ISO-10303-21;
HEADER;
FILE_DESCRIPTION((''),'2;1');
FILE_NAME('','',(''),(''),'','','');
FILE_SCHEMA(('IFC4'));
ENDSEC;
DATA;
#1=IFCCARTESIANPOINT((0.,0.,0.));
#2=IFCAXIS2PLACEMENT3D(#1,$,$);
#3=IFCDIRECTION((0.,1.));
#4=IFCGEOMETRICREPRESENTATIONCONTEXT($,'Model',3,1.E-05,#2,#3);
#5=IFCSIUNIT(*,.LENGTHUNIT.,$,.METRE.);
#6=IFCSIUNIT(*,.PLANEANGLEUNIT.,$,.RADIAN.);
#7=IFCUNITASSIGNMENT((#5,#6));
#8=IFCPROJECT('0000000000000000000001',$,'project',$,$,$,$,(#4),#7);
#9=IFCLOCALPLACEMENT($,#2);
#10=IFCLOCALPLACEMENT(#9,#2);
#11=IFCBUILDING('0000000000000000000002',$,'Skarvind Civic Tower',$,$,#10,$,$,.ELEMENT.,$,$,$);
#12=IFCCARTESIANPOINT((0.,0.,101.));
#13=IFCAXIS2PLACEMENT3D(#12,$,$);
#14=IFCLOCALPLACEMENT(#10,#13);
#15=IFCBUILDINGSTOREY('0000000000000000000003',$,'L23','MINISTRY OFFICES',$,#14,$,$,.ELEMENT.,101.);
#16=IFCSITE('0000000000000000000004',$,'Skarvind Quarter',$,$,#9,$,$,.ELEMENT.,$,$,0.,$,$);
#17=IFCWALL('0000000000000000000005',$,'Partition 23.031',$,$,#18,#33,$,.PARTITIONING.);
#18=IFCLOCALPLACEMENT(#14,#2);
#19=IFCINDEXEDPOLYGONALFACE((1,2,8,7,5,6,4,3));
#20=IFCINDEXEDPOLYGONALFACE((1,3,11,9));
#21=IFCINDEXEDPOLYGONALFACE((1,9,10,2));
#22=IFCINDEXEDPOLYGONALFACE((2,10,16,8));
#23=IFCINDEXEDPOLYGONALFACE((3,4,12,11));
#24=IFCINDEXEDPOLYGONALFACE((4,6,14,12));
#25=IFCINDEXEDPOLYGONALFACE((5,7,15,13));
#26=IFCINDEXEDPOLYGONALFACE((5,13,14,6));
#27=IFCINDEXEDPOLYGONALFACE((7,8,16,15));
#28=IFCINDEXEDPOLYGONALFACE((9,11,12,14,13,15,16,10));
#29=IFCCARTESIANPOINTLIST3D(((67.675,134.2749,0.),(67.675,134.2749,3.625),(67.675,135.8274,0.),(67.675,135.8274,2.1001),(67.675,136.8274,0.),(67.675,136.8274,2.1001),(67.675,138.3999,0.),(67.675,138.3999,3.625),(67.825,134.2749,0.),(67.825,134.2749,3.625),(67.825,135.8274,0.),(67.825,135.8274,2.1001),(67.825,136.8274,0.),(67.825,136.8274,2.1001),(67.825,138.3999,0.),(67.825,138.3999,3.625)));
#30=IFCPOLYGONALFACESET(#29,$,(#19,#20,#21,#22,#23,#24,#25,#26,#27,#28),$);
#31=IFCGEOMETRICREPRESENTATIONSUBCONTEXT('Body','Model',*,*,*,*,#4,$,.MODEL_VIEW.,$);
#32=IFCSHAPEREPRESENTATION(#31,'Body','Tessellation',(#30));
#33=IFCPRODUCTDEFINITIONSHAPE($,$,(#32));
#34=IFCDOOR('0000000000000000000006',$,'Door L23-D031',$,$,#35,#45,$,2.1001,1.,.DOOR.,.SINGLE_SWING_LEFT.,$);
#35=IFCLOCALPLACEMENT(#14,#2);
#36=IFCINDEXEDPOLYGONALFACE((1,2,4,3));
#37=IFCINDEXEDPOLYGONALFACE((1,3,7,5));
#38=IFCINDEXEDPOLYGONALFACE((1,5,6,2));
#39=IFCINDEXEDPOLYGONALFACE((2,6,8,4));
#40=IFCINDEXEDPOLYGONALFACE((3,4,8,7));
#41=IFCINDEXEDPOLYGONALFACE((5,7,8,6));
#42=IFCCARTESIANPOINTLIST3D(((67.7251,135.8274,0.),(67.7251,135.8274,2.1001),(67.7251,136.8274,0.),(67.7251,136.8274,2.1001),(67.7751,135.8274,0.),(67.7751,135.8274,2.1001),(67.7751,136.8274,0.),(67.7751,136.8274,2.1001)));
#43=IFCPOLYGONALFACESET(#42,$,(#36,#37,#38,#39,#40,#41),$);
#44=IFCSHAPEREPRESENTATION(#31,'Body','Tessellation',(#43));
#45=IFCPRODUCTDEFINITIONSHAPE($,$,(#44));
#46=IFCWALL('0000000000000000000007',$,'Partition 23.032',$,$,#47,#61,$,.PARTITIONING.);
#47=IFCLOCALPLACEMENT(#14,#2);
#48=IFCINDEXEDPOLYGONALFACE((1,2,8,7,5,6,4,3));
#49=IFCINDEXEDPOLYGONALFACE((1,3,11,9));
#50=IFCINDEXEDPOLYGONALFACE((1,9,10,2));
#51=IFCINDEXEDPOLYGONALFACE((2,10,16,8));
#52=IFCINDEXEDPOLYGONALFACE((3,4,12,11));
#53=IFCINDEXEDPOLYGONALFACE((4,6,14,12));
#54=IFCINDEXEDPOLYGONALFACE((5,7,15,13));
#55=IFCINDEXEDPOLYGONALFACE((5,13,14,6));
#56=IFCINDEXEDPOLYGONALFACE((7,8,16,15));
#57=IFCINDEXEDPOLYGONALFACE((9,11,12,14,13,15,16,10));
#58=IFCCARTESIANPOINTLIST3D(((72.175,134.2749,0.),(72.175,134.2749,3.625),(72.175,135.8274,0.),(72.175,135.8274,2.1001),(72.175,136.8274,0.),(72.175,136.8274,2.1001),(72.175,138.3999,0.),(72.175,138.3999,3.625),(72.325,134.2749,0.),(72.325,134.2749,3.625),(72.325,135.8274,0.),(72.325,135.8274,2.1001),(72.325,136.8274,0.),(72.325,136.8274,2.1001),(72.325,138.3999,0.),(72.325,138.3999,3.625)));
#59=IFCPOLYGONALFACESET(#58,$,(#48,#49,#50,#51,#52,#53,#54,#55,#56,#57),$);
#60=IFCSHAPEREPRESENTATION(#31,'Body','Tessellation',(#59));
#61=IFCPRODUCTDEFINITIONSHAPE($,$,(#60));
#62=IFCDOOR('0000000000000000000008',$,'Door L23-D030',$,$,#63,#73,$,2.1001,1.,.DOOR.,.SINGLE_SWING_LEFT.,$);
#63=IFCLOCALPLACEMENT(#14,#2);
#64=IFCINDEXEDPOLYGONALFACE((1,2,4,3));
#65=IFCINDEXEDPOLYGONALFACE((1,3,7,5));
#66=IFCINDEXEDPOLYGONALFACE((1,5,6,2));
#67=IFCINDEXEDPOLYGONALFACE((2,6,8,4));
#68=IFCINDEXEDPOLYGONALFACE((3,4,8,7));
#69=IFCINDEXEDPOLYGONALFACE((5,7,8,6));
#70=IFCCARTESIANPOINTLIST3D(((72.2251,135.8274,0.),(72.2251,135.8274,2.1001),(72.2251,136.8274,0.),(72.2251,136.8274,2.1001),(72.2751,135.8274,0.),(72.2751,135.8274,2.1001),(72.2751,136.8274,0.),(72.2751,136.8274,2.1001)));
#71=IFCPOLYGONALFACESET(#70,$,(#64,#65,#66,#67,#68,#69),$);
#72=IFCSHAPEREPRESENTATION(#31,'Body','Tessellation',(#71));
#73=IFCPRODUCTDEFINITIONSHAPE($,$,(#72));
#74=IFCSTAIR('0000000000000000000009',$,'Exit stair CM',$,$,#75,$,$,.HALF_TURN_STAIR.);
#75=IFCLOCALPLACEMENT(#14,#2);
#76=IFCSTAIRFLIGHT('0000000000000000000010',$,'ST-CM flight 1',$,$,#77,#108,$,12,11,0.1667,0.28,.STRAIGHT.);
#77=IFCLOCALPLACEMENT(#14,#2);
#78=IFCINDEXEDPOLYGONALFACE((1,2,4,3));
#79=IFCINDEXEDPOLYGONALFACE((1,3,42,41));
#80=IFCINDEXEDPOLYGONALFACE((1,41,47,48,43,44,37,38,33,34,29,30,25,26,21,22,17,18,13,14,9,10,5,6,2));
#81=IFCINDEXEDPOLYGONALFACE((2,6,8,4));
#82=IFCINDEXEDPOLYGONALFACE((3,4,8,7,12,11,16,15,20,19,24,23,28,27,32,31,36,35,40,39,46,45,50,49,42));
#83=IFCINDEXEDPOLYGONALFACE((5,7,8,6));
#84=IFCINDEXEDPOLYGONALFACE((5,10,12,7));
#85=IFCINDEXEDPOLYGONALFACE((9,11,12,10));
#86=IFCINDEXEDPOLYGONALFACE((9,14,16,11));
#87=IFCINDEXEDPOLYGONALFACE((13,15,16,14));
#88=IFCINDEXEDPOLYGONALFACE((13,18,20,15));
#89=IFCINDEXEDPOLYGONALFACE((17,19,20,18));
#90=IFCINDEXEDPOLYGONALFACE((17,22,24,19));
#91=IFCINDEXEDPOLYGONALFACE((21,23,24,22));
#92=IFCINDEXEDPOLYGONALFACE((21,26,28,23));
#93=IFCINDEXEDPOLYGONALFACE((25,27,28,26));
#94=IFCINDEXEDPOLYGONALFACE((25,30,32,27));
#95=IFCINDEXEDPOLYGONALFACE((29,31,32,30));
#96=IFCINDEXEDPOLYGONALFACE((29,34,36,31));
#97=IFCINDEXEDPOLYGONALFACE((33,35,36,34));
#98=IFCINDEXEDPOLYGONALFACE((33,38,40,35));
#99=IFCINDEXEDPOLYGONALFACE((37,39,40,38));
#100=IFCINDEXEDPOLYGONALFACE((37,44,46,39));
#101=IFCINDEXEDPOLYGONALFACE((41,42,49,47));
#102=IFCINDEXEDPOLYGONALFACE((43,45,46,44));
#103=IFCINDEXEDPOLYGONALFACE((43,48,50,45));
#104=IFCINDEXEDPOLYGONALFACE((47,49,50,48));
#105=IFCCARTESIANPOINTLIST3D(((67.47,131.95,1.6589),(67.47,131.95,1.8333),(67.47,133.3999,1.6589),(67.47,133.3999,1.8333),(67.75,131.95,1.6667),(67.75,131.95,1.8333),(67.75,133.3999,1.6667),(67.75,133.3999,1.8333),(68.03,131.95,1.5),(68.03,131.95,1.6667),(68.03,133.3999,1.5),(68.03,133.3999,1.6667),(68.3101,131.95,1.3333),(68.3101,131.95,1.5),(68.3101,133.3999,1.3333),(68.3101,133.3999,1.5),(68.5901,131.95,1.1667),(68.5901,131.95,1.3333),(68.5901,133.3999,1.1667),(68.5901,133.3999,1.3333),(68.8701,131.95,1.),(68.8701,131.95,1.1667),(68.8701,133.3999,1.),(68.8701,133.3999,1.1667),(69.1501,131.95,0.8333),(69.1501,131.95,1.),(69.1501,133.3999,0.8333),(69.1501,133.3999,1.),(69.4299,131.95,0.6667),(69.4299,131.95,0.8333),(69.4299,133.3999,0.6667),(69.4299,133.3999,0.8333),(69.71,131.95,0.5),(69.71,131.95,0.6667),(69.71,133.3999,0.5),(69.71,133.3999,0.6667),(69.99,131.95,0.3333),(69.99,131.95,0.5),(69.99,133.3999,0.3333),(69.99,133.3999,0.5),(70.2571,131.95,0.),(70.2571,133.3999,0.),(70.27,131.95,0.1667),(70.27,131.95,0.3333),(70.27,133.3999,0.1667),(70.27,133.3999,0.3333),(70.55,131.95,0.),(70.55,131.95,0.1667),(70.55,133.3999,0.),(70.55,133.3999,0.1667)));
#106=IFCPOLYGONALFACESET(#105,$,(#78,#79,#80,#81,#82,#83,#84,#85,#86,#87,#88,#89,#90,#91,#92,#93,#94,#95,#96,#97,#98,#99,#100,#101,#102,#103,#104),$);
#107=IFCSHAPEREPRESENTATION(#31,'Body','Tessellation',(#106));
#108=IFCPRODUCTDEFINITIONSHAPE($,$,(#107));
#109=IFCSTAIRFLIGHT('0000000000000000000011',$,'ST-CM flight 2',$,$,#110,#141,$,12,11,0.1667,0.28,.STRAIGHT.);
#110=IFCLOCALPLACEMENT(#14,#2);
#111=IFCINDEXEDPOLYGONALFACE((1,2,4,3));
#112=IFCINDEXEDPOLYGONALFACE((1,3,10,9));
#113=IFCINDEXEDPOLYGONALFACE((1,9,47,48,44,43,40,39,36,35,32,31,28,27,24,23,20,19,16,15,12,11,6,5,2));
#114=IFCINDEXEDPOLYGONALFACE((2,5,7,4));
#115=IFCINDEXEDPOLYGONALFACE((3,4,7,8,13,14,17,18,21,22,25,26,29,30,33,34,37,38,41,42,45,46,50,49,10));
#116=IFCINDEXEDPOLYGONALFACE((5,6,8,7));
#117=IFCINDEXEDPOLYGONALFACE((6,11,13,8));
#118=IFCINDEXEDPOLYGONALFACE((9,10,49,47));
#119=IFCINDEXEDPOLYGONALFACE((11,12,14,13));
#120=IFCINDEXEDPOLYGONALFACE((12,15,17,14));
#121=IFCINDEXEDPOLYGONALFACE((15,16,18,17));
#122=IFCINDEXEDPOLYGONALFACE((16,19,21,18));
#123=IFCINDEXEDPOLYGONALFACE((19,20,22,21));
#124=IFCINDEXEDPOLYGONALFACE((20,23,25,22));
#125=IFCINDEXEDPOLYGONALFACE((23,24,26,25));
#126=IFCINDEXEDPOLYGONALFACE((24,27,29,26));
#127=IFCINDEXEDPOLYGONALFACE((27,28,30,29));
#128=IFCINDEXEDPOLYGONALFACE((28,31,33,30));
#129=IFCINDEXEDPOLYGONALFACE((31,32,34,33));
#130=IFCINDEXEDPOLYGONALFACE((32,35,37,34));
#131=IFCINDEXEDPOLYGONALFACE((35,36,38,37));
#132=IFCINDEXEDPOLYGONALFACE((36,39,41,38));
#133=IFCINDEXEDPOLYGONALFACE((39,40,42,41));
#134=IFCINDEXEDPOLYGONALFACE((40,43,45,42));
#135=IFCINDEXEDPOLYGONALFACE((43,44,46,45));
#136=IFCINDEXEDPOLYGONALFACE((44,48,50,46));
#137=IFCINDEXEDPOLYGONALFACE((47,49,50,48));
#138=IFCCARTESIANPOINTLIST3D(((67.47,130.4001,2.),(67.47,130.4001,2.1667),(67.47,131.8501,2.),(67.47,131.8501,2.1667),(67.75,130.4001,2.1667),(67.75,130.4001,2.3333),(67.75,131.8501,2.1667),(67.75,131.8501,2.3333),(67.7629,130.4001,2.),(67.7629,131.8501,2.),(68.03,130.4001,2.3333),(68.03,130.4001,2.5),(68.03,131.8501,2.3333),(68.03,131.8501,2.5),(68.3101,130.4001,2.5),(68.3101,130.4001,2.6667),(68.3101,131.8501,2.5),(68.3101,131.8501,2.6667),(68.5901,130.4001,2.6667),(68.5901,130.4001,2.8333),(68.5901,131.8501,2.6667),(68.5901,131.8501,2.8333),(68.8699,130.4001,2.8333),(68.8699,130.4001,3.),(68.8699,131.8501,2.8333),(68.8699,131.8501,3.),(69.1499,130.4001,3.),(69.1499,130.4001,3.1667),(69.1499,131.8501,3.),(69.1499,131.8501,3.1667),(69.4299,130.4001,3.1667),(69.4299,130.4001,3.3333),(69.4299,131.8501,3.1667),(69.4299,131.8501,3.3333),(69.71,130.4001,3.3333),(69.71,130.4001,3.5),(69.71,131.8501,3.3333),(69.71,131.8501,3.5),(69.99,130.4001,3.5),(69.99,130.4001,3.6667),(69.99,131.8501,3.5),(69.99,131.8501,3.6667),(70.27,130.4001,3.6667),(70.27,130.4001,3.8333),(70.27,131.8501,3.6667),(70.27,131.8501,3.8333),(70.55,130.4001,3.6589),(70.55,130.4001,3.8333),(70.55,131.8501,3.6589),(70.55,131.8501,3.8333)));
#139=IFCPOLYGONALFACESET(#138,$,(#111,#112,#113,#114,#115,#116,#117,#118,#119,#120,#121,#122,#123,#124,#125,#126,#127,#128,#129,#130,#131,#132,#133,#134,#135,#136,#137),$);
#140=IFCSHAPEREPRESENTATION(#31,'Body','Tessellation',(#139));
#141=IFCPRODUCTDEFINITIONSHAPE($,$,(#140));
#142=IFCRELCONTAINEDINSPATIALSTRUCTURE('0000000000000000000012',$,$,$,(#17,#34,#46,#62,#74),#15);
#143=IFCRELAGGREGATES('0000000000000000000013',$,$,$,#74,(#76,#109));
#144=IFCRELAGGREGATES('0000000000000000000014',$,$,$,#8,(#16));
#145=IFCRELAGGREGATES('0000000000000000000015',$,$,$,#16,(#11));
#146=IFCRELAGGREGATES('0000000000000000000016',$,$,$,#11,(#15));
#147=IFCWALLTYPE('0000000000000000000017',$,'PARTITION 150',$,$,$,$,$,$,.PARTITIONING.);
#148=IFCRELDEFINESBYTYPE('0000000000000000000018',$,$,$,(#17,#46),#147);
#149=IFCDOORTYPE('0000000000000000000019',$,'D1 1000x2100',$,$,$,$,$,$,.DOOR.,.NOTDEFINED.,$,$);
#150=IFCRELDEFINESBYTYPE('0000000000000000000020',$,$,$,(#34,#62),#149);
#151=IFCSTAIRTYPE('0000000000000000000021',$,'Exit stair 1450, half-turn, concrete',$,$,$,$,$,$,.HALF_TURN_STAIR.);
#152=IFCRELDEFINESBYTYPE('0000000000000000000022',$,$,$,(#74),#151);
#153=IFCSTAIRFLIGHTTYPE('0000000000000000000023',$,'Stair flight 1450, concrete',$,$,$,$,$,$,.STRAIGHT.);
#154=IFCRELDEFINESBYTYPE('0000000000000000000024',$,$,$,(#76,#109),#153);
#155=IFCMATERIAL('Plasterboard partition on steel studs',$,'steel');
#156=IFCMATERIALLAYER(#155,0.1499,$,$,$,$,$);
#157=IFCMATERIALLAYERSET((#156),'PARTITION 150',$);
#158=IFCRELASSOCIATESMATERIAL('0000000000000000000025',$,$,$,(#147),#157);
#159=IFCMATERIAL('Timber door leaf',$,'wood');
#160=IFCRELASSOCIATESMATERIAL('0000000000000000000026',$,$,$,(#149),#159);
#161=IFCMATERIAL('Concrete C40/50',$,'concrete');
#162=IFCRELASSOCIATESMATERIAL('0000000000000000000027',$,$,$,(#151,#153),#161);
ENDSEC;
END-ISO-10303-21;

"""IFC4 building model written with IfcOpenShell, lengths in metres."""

from ifc_helpers import new_model, si_unit, direction, frame, frame_2d, origin, place, context, subcontext, project, spatial, polyline, rectangle, outline, extrude, material, layer, layer_set, type_object, element, fill, aggregate, save


model = new_model("IFC4")

# Units and contexts
model_context = context("Model", 3, precision=1e-05, world=origin(), true_north=direction((0.0, 1.0)))
body_context = subcontext(model_context, "Body", "Model", "MODEL_VIEW")
ifc_project = project(units=[si_unit("LENGTHUNIT", "METRE"), si_unit("PLANEANGLEUNIT", "RADIAN")], contexts=[model_context])

# Site, building, storey
site_placement = place(None, origin())
site = spatial("IfcSite", under=ifc_project, at=site_placement, Name="Skarvind Quarter", CompositionType="ELEMENT", RefElevation=0.0)
building_placement = place(site_placement, origin())
building = spatial("IfcBuilding", under=site, at=building_placement, Name="Skarvind Civic Tower", CompositionType="ELEMENT")
storey_placement = place(building_placement, frame((0.0, 0.0, 101.0)))
storey = spatial("IfcBuildingStorey", under=building, at=storey_placement, Name="L23", Description="MINISTRY OFFICES", CompositionType="ELEMENT", Elevation=101.0)

# Walls, openings, doors
ifc_material_1 = material(Name="Plasterboard partition on steel studs", Category="steel")
ifc_layer_1 = layer(ifc_material_1, 0.1499)
ifc_layer_set_1 = layer_set([ifc_layer_1], Name="PARTITION 150")
wall_type_1 = type_object("IfcWallType", Name="PARTITION 150", PredefinedType="PARTITIONING", material=ifc_layer_set_1)
wall_1_placement = place(storey_placement, frame((67.75, 134.2749, 0.0), z_axis=(0.0, 0.0, 1.0), x_axis=(0.0, 1.0, 0.0)))
wall_1 = element("IfcWall", 1, at=wall_1_placement, inside=storey, type_object=wall_type_1, Name="Partition 23.031", PredefinedType="PARTITIONING", context=body_context, shape_type="SweptSolid", body=[
    extrude(rectangle(XDim=4.125, YDim=0.1499, at=frame_2d((2.0625, 0.0))), origin(), (0.0, 0.0, 1.0), 3.625),
])
opening_1_placement = place(wall_1_placement, frame((1.5525, 0.0, 0.0)))
opening_1 = element("IfcOpeningElement", 2, at=opening_1_placement, cuts=wall_1, PredefinedType="OPENING", context=body_context, shape_type="SweptSolid", body=[
    extrude(rectangle(XDim=1.0, YDim=2.1001, at=frame_2d((0.5, 1.05))), frame((0.0, 0.085, 0.0), z_axis=(0.0, -1.0, 0.0), x_axis=(1.0, 0.0, 0.0)), (0.0, 0.0, 1.0), 0.1699),
])
ifc_material_2 = material(Name="Timber door leaf", Category="wood")
door_type_1 = type_object("IfcDoorType", Name="D1 1000x2100", OperationType="NOTDEFINED", PredefinedType="DOOR", material=ifc_material_2)
door_1_placement = place(opening_1_placement, origin())
door_1 = element("IfcDoor", 3, at=door_1_placement, inside=storey, type_object=door_type_1, Name="Door L23-D031", OperationType="SINGLE_SWING_LEFT", OverallHeight=2.1001, OverallWidth=1.0, PredefinedType="DOOR", context=body_context, shape_type="SweptSolid", body=[
    extrude(rectangle(XDim=1.0, YDim=2.1001, at=frame_2d((0.5, 1.05))), frame((0.0, 0.0249, 0.0), z_axis=(0.0, -1.0, 0.0), x_axis=(1.0, 0.0, 0.0)), (0.0, 0.0, 1.0), 0.05),
])
fill(opening_1, door_1)
wall_2_placement = place(storey_placement, frame((72.25, 134.2749, 0.0), z_axis=(0.0, 0.0, 1.0), x_axis=(0.0, 1.0, 0.0)))
wall_2 = element("IfcWall", 4, at=wall_2_placement, inside=storey, type_object=wall_type_1, Name="Partition 23.032", PredefinedType="PARTITIONING", context=body_context, shape_type="SweptSolid", body=[
    extrude(rectangle(XDim=4.125, YDim=0.1499, at=frame_2d((2.0625, 0.0))), origin(), (0.0, 0.0, 1.0), 3.625),
])
opening_2_placement = place(wall_2_placement, frame((1.5525, 0.0, 0.0)))
opening_2 = element("IfcOpeningElement", 5, at=opening_2_placement, cuts=wall_2, PredefinedType="OPENING", context=body_context, shape_type="SweptSolid", body=[
    extrude(rectangle(XDim=1.0, YDim=2.1001, at=frame_2d((0.5, 1.05))), frame((0.0, 0.085, 0.0), z_axis=(0.0, -1.0, 0.0), x_axis=(1.0, 0.0, 0.0)), (0.0, 0.0, 1.0), 0.1699),
])
door_2_placement = place(opening_2_placement, origin())
door_2 = element("IfcDoor", 6, at=door_2_placement, inside=storey, type_object=door_type_1, Name="Door L23-D030", OperationType="SINGLE_SWING_LEFT", OverallHeight=2.1001, OverallWidth=1.0, PredefinedType="DOOR", context=body_context, shape_type="SweptSolid", body=[
    extrude(rectangle(XDim=1.0, YDim=2.1001, at=frame_2d((0.5, 1.05))), frame((0.0, 0.0249, 0.0), z_axis=(0.0, -1.0, 0.0), x_axis=(1.0, 0.0, 0.0)), (0.0, 0.0, 1.0), 0.05),
])
fill(opening_2, door_2)

# Stair, stair flights
ifc_material_3 = material(Name="Concrete C40/50", Category="concrete")
stair_type = type_object("IfcStairType", Name="Exit stair 1450, half-turn, concrete", PredefinedType="HALF_TURN_STAIR", material=ifc_material_3)
stair_placement = place(storey_placement, origin())
stair = element("IfcStair", 7, at=stair_placement, inside=storey, type_object=stair_type, Name="Exit stair CM", PredefinedType="HALF_TURN_STAIR")
stair_flight_type = type_object("IfcStairFlightType", Name="Stair flight 1450, concrete", PredefinedType="STRAIGHT", material=ifc_material_3)
stair_flight_1_placement = place(storey_placement, frame((70.55, 132.675, 0.0), z_axis=(0.0, 0.0, 1.0), x_axis=(-1.0, 0.0, 0.0)))
stair_flight_1 = element("IfcStairFlight", 8, at=stair_flight_1_placement, type_object=stair_flight_type, Name="ST-CM flight 1", NumberOfRisers=12, NumberOfTreads=11, PredefinedType="STRAIGHT", RiserHeight=0.1667, TreadLength=0.28, context=body_context, shape_type="SweptSolid", body=[
    extrude(outline(polyline([(0.0, 0.0), (0.0, 0.1667), (0.28, 0.1667), (0.28, 0.3333), (0.5601, 0.3333), (0.5601, 0.5), (0.8401, 0.5), (0.8401, 0.6667), (1.1201, 0.6667), (1.1201, 0.8333), (1.3999, 0.8333), (1.3999, 1.0), (1.6799, 1.0), (1.6799, 1.1667), (1.96, 1.1667), (1.96, 1.3333), (2.24, 1.3333), (2.24, 1.5), (2.52, 1.5), (2.52, 1.6667), (2.8, 1.6667), (2.8, 1.8333), (3.0801, 1.8333), (3.0801, 2.0), (3.0801, 1.6589), (0.293, 0.0), (0.0, 0.0)])), frame((0.0, 0.7251, 0.0), z_axis=(0.0, -1.0, 0.0), x_axis=(1.0, 0.0, 0.0)), (0.0, 0.0, 1.0), 1.45),
])
stair_flight_2_placement = place(storey_placement, frame((67.47, 131.125, 2.0), z_axis=(0.0, 0.0, 1.0), x_axis=(1.0, 0.0, 0.0)))
stair_flight_2 = element("IfcStairFlight", 9, at=stair_flight_2_placement, type_object=stair_flight_type, Name="ST-CM flight 2", NumberOfRisers=12, NumberOfTreads=11, PredefinedType="STRAIGHT", RiserHeight=0.1667, TreadLength=0.28, context=body_context, shape_type="SweptSolid", body=[
    extrude(outline(polyline([(0.0, 0.0), (0.0, 0.1667), (0.28, 0.1667), (0.28, 0.3333), (0.5601, 0.3333), (0.5601, 0.5), (0.8401, 0.5), (0.8401, 0.6667), (1.1201, 0.6667), (1.1201, 0.8333), (1.3999, 0.8333), (1.3999, 1.0), (1.6799, 1.0), (1.6799, 1.1667), (1.96, 1.1667), (1.96, 1.3333), (2.24, 1.3333), (2.24, 1.5), (2.52, 1.5), (2.52, 1.6667), (2.8, 1.6667), (2.8, 1.8333), (3.0801, 1.8333), (3.0801, 2.0), (3.0801, 1.6589), (0.293, 0.0), (0.0, 0.0)])), frame((0.0, 0.7251, 0.0), z_axis=(0.0, -1.0, 0.0), x_axis=(1.0, 0.0, 0.0)), (0.0, 0.0, 1.0), 1.45),
])
aggregate(stair, [stair_flight_1, stair_flight_2])

save(model, "model.ifc")
